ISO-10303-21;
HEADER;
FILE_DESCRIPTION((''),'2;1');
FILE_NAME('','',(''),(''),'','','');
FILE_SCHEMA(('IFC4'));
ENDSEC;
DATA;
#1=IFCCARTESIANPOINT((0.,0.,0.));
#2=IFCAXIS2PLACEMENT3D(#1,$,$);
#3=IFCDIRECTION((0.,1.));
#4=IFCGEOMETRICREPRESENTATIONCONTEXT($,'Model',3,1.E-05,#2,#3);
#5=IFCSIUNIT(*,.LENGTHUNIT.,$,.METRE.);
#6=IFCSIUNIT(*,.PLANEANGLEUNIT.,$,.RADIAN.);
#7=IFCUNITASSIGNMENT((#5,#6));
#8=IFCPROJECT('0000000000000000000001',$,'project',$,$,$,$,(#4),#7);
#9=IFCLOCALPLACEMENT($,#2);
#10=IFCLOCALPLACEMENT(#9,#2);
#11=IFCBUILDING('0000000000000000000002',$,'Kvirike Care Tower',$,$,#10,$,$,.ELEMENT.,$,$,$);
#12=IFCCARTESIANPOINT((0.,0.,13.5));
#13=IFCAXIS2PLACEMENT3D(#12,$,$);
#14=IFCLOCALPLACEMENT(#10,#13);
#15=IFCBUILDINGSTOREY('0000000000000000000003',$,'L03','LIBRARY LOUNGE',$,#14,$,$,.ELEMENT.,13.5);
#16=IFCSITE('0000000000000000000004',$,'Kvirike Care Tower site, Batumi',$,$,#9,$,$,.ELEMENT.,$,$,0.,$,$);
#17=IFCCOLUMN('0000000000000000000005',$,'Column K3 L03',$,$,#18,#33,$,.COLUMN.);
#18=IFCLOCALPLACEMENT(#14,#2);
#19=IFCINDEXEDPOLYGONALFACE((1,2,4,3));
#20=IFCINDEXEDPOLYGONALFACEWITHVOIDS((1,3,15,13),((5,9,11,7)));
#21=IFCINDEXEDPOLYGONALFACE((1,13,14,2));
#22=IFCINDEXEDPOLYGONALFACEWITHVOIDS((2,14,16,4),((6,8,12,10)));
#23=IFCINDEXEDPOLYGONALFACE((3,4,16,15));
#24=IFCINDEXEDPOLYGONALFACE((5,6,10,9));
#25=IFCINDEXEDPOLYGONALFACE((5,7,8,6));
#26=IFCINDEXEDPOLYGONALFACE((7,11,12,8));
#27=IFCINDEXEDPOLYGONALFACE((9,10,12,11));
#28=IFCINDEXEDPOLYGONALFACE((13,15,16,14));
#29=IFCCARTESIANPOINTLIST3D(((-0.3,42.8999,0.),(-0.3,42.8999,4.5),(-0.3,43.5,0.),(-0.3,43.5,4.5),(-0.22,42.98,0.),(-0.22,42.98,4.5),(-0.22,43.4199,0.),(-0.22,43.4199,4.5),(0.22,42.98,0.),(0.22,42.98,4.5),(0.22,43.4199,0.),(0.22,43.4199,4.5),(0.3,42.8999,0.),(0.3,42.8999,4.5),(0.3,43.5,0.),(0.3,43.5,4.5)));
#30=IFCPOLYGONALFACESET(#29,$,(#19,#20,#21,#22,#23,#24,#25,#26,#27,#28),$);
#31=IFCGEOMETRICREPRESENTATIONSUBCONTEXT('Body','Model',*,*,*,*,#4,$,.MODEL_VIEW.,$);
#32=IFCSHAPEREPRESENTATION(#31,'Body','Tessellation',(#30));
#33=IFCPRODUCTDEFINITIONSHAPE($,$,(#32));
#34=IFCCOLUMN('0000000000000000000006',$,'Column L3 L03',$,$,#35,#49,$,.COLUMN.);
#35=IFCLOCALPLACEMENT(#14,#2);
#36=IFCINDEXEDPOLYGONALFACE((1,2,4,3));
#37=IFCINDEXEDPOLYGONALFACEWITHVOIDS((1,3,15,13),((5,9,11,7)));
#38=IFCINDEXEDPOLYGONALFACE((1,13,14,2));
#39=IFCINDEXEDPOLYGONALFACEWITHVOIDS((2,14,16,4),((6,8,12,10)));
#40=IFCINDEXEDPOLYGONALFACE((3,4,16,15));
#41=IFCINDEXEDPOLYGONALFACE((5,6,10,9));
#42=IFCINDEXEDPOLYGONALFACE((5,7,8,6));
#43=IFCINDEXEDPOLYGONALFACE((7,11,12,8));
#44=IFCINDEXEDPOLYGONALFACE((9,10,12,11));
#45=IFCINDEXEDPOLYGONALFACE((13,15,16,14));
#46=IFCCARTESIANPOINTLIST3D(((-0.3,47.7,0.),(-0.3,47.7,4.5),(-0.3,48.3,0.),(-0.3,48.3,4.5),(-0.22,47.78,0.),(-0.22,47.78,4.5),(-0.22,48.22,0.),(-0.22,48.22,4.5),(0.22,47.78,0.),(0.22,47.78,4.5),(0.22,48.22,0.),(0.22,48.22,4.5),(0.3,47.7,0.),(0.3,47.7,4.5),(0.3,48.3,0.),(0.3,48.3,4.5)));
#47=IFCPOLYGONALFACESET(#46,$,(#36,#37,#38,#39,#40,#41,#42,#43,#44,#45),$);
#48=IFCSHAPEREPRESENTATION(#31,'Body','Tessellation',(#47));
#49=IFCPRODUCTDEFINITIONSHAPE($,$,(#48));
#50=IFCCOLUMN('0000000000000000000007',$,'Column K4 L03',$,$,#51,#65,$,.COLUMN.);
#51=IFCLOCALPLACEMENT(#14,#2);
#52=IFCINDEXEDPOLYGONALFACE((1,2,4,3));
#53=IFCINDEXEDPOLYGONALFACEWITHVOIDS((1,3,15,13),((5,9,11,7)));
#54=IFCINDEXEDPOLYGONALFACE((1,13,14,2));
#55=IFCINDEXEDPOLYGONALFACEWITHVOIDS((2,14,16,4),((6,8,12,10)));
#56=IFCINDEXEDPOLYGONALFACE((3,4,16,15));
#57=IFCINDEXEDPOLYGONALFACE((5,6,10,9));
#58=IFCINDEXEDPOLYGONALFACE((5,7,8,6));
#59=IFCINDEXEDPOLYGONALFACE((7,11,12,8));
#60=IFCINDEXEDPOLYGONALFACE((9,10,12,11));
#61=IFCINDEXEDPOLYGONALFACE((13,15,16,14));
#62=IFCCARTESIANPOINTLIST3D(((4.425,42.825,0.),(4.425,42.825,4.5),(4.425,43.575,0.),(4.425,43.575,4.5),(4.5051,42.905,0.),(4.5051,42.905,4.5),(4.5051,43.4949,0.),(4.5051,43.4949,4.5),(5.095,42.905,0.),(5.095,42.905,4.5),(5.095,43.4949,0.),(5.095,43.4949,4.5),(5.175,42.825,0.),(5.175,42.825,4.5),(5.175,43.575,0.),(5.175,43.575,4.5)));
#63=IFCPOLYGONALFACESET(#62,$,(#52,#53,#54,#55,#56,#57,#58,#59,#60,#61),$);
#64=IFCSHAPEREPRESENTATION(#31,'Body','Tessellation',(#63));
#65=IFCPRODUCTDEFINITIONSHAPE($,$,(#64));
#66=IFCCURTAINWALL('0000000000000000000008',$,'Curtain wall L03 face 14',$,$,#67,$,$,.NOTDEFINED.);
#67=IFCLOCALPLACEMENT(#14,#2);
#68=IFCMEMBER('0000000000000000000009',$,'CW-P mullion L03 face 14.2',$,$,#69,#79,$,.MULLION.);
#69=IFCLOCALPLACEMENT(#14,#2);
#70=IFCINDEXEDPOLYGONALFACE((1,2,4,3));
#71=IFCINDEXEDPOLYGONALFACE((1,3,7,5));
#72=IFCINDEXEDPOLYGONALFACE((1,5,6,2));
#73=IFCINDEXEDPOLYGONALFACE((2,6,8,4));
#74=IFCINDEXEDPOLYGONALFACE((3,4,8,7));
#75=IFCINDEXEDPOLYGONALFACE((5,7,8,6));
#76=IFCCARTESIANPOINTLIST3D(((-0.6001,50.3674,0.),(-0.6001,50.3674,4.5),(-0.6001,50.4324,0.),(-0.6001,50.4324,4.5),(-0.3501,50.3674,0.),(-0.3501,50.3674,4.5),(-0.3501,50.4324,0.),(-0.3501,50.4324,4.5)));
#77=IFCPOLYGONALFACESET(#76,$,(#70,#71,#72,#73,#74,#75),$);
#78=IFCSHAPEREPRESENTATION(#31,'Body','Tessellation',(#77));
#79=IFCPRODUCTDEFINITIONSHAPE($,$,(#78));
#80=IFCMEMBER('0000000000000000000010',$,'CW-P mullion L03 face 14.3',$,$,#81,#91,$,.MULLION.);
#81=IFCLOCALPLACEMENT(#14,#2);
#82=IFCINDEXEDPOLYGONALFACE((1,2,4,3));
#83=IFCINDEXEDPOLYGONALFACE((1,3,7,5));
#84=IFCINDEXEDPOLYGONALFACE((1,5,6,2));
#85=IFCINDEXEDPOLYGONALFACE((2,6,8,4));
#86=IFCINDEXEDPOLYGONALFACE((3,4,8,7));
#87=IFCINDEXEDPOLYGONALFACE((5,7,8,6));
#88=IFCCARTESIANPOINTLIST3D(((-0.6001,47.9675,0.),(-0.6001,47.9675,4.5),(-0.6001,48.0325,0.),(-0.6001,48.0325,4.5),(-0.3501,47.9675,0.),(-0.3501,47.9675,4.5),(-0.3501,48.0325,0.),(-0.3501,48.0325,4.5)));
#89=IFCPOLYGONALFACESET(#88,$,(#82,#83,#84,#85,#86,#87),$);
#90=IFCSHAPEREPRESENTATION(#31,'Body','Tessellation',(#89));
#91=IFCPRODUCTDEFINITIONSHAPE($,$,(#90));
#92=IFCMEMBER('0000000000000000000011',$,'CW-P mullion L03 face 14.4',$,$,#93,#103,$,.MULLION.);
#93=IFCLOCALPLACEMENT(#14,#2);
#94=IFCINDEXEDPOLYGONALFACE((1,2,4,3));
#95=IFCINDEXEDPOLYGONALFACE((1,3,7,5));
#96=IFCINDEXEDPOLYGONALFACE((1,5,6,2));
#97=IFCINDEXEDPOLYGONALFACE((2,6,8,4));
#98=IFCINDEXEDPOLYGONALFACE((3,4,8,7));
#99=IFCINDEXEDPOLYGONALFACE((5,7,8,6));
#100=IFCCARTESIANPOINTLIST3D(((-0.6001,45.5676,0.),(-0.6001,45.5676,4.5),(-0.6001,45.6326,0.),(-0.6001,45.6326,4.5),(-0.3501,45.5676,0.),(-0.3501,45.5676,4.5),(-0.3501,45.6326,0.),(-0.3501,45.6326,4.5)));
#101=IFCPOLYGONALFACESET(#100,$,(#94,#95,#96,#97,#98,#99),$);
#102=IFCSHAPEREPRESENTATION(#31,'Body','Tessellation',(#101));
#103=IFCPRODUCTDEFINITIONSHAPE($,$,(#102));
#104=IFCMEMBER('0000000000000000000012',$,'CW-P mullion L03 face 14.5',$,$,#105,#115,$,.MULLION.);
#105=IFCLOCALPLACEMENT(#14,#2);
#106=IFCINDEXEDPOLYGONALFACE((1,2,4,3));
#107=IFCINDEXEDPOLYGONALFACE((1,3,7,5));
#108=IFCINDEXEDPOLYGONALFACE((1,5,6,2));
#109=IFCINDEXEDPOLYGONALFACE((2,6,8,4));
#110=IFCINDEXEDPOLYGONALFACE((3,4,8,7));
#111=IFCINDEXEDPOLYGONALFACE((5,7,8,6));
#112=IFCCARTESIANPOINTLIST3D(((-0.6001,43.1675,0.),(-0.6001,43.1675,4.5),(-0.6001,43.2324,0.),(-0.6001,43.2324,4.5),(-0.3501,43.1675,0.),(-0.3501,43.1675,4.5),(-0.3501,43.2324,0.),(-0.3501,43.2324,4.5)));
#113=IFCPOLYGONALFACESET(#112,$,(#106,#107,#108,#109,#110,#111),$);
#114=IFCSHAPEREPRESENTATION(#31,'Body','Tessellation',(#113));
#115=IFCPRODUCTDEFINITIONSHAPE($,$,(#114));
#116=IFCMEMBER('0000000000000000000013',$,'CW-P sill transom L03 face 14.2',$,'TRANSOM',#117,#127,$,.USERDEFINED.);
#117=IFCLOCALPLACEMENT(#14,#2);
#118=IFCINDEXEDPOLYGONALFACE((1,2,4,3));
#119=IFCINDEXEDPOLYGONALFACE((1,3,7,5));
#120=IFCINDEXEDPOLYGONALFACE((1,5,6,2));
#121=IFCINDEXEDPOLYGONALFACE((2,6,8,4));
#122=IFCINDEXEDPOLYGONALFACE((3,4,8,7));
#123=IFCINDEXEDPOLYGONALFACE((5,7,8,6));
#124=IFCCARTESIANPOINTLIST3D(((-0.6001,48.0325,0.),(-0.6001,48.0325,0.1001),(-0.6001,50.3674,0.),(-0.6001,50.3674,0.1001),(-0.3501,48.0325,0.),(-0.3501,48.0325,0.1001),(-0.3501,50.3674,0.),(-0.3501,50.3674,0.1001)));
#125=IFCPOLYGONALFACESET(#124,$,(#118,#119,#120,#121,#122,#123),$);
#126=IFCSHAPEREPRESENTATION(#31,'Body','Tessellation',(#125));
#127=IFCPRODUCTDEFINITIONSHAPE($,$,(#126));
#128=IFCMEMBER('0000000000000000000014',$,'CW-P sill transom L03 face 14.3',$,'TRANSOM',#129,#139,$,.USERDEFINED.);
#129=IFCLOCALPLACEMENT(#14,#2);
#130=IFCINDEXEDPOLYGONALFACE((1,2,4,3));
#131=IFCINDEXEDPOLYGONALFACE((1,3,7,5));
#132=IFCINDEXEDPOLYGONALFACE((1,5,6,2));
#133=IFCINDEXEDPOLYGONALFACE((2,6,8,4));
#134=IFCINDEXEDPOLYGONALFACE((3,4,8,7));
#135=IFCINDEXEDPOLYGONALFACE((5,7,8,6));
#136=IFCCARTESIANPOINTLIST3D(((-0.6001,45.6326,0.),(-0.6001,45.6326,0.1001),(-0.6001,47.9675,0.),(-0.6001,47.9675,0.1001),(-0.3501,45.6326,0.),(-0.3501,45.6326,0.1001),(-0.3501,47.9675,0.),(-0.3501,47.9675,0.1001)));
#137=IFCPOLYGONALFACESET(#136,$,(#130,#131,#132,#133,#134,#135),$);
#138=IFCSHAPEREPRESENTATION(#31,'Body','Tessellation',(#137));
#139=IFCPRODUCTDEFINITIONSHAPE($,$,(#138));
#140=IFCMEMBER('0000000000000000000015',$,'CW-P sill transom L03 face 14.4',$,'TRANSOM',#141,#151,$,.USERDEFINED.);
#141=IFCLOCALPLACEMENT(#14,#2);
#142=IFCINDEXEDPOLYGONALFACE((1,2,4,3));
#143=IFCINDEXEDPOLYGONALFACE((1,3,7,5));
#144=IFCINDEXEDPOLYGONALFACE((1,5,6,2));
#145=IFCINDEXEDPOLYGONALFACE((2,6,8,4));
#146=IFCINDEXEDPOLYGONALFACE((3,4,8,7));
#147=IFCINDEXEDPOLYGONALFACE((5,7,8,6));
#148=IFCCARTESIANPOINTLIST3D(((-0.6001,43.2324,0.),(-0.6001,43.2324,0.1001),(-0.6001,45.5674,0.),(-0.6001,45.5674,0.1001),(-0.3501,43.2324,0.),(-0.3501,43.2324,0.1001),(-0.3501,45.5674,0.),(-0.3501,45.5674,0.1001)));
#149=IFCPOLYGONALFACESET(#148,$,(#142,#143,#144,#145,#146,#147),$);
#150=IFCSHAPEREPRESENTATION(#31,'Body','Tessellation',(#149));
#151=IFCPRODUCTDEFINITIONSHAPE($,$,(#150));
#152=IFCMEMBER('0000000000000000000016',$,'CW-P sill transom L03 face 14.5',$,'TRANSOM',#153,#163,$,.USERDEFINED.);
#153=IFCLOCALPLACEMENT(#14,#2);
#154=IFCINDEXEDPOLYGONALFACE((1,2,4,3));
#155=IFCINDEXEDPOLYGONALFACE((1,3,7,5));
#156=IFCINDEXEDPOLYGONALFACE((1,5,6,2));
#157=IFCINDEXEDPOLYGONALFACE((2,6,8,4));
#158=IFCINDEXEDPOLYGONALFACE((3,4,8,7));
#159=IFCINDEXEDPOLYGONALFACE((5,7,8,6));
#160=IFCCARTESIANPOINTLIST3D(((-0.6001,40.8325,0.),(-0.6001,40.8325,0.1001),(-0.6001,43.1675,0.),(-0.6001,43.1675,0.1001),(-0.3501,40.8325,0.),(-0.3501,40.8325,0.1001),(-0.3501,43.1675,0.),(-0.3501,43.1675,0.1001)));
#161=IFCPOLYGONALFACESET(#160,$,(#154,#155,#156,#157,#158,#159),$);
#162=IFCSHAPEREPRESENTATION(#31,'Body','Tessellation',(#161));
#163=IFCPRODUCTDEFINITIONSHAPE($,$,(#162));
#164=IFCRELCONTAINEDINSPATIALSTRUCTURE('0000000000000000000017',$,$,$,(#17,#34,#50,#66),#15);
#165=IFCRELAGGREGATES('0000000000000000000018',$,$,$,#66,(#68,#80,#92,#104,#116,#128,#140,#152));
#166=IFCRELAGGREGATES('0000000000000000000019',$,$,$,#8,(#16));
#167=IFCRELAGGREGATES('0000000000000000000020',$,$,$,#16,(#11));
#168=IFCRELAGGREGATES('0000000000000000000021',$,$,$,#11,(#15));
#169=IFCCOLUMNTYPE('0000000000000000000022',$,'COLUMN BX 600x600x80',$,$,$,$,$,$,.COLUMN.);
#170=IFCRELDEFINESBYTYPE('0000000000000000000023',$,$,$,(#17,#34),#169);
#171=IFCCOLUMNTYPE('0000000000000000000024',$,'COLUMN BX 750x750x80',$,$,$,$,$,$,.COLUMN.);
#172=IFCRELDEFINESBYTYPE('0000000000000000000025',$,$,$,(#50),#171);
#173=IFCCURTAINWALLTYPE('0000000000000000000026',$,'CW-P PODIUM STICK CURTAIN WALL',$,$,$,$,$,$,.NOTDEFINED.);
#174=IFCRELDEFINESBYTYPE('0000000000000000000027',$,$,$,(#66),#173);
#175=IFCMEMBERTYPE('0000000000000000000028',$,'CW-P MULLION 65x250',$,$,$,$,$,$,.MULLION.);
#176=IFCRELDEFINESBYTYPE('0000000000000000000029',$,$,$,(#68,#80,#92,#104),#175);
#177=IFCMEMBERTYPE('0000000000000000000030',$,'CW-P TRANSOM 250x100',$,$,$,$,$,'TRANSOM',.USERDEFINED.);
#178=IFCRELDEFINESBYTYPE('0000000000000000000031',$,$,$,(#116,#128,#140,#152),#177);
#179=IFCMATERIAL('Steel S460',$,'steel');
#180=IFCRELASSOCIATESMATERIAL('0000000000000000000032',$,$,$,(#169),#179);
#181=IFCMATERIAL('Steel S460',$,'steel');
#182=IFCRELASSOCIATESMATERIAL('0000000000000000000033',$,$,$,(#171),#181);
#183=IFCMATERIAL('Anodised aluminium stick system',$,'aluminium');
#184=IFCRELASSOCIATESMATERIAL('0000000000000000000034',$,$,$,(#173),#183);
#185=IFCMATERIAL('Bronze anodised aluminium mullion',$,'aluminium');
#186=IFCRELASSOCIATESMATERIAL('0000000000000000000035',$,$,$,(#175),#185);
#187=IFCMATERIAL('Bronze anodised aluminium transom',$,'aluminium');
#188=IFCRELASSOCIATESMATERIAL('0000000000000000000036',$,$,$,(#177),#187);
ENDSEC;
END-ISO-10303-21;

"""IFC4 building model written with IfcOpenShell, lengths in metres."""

from ifc_helpers import new_model, si_unit, direction, frame, origin, origin_2d, place, context, subcontext, project, spatial, rectangle, hollow_rectangle, extrude, material, material_profile, profile_set, type_object, element, aggregate, save


model = new_model("IFC4")

# Units and contexts
model_context = context("Model", 3, precision=1e-05, world=origin(), true_north=direction((0.0, 1.0)))
body_context = subcontext(model_context, "Body", "Model", "MODEL_VIEW")
ifc_project = project(units=[si_unit("LENGTHUNIT", "METRE"), si_unit("PLANEANGLEUNIT", "RADIAN")], contexts=[model_context])

# Site, building, storey
site_placement = place(None, origin())
site = spatial("IfcSite", under=ifc_project, at=site_placement, Name="Kvirike Care Tower site, Batumi", CompositionType="ELEMENT", RefElevation=0.0)
building_placement = place(site_placement, origin())
building = spatial("IfcBuilding", under=site, at=building_placement, Name="Kvirike Care Tower", CompositionType="ELEMENT")
storey_placement = place(building_placement, frame((0.0, 0.0, 13.5)))
storey = spatial("IfcBuildingStorey", under=building, at=storey_placement, Name="L03", Description="LIBRARY LOUNGE", CompositionType="ELEMENT", Elevation=13.5)

# Columns
ifc_material_1 = material(Name="Steel S460", Category="steel")
ifc_material_profile_1 = material_profile(ifc_material_1, hollow_rectangle(XDim=0.6001, YDim=0.6001, WallThickness=0.0801, at=origin_2d()), Name="BX 600x600x80")
ifc_profile_set_1 = profile_set([ifc_material_profile_1], Name="Steel S460")
column_type_1 = type_object("IfcColumnType", Name="COLUMN BX 600x600x80", PredefinedType="COLUMN", material=ifc_profile_set_1)
for number, where, z_axis, x_axis, name in (
    (1, (0.0, 43.2, 0.0), (0.0, 0.0, 1.0), (0.0, 1.0, 0.0), "Column K3 L03"),
    (2, (0.0, 48.0, 0.0), (0.0, 0.0, 1.0), (1.0, 0.0, 0.0), "Column L3 L03"),
):
    element("IfcColumn", number, at=place(storey_placement, frame(where, z_axis=z_axis, x_axis=x_axis)), inside=storey, type_object=column_type_1, Name=name, PredefinedType="COLUMN", context=body_context, shape_type="SweptSolid", body=[
        extrude(hollow_rectangle(XDim=0.6001, YDim=0.6001, WallThickness=0.0801, at=origin_2d()), origin(), (0.0, 0.0, 1.0), 4.5),
    ])
ifc_material_2 = material(Name="Steel S460", Category="steel")
ifc_material_profile_2 = material_profile(ifc_material_2, hollow_rectangle(XDim=0.75, YDim=0.75, WallThickness=0.0801, at=origin_2d()), Name="BX 750x750x80")
ifc_profile_set_2 = profile_set([ifc_material_profile_2], Name="Steel S460")
column_type_2 = type_object("IfcColumnType", Name="COLUMN BX 750x750x80", PredefinedType="COLUMN", material=ifc_profile_set_2)
column_placement = place(storey_placement, frame((4.8, 43.2, 0.0), z_axis=(0.0, 0.0, 1.0), x_axis=(0.0, 1.0, 0.0)))
element("IfcColumn", 3, at=column_placement, inside=storey, type_object=column_type_2, Name="Column K4 L03", PredefinedType="COLUMN", context=body_context, shape_type="SweptSolid", body=[
    extrude(hollow_rectangle(XDim=0.75, YDim=0.75, WallThickness=0.0801, at=origin_2d()), origin(), (0.0, 0.0, 1.0), 4.5),
])

# Curtain wall, members
ifc_material_3 = material(Name="Anodised aluminium stick system", Category="aluminium")
curtain_wall_type = type_object("IfcCurtainWallType", Name="CW-P PODIUM STICK CURTAIN WALL", PredefinedType="NOTDEFINED", material=ifc_material_3)
curtain_wall_placement = place(storey_placement, origin())
curtain_wall = element("IfcCurtainWall", 4, at=curtain_wall_placement, inside=storey, type_object=curtain_wall_type, Name="Curtain wall L03 face 14", PredefinedType="NOTDEFINED")
ifc_material_4 = material(Name="Bronze anodised aluminium mullion", Category="aluminium")
ifc_material_profile_3 = material_profile(ifc_material_4, rectangle(XDim=0.0649, YDim=0.25, at=origin_2d()), Name="CW-P MULLION 65x250")
ifc_profile_set_3 = profile_set([ifc_material_profile_3], Name="Bronze anodised aluminium mullion")
member_type_1 = type_object("IfcMemberType", Name="CW-P MULLION 65x250", PredefinedType="MULLION", material=ifc_profile_set_3)
member_1_placement = place(storey_placement, frame((-0.4751, 50.3999, 0.0), z_axis=(0.0, 0.0, 1.0), x_axis=(0.0, -1.0, 0.0)))
member_1 = element("IfcMember", 5, at=member_1_placement, type_object=member_type_1, Name="CW-P mullion L03 face 14.2", PredefinedType="MULLION", context=body_context, shape_type="SweptSolid", body=[
    extrude(rectangle(XDim=0.0649, YDim=0.25, at=origin_2d()), origin(), (0.0, 0.0, 1.0), 4.5),
])
member_2_placement = place(storey_placement, frame((-0.4751, 48.0, 0.0), z_axis=(0.0, 0.0, 1.0), x_axis=(0.0, -1.0, 0.0)))
member_2 = element("IfcMember", 6, at=member_2_placement, type_object=member_type_1, Name="CW-P mullion L03 face 14.3", PredefinedType="MULLION", context=body_context, shape_type="SweptSolid", body=[
    extrude(rectangle(XDim=0.0649, YDim=0.25, at=origin_2d()), origin(), (0.0, 0.0, 1.0), 4.5),
])
member_3_placement = place(storey_placement, frame((-0.4751, 45.6001, 0.0), z_axis=(0.0, 0.0, 1.0), x_axis=(0.0, -1.0, 0.0)))
member_3 = element("IfcMember", 7, at=member_3_placement, type_object=member_type_1, Name="CW-P mullion L03 face 14.4", PredefinedType="MULLION", context=body_context, shape_type="SweptSolid", body=[
    extrude(rectangle(XDim=0.0649, YDim=0.25, at=origin_2d()), origin(), (0.0, 0.0, 1.0), 4.5),
])
member_4_placement = place(storey_placement, frame((-0.4751, 43.2, 0.0), z_axis=(0.0, 0.0, 1.0), x_axis=(0.0, -1.0, 0.0)))
member_4 = element("IfcMember", 8, at=member_4_placement, type_object=member_type_1, Name="CW-P mullion L03 face 14.5", PredefinedType="MULLION", context=body_context, shape_type="SweptSolid", body=[
    extrude(rectangle(XDim=0.0649, YDim=0.25, at=origin_2d()), origin(), (0.0, 0.0, 1.0), 4.5),
])
ifc_material_5 = material(Name="Bronze anodised aluminium transom", Category="aluminium")
ifc_material_profile_4 = material_profile(ifc_material_5, rectangle(XDim=0.25, YDim=0.1001, at=origin_2d()), Name="CW-P TRANSOM 250x100")
ifc_profile_set_4 = profile_set([ifc_material_profile_4], Name="Bronze anodised aluminium transom")
member_type_2 = type_object("IfcMemberType", Name="CW-P TRANSOM 250x100", ElementType="TRANSOM", PredefinedType="USERDEFINED", material=ifc_profile_set_4)
member_5_placement = place(storey_placement, frame((-0.4751, 50.3674, 0.05), z_axis=(0.0, -1.0, 0.0), x_axis=(1.0, 0.0, 0.0)))
member_5 = element("IfcMember", 9, at=member_5_placement, type_object=member_type_2, Name="CW-P sill transom L03 face 14.2", ObjectType="TRANSOM", PredefinedType="USERDEFINED", context=body_context, shape_type="SweptSolid", body=[
    extrude(rectangle(XDim=0.25, YDim=0.1001, at=origin_2d()), origin(), (0.0, 0.0, 1.0), 2.335),
])
member_6_placement = place(storey_placement, frame((-0.4751, 47.9675, 0.05), z_axis=(0.0, -1.0, 0.0), x_axis=(1.0, 0.0, 0.0)))
member_6 = element("IfcMember", 10, at=member_6_placement, type_object=member_type_2, Name="CW-P sill transom L03 face 14.3", ObjectType="TRANSOM", PredefinedType="USERDEFINED", context=body_context, shape_type="SweptSolid", body=[
    extrude(rectangle(XDim=0.25, YDim=0.1001, at=origin_2d()), origin(), (0.0, 0.0, 1.0), 2.335),
])
member_7_placement = place(storey_placement, frame((-0.4751, 45.5674, 0.05), z_axis=(0.0, -1.0, 0.0), x_axis=(1.0, 0.0, 0.0)))
member_7 = element("IfcMember", 11, at=member_7_placement, type_object=member_type_2, Name="CW-P sill transom L03 face 14.4", ObjectType="TRANSOM", PredefinedType="USERDEFINED", context=body_context, shape_type="SweptSolid", body=[
    extrude(rectangle(XDim=0.25, YDim=0.1001, at=origin_2d()), origin(), (0.0, 0.0, 1.0), 2.335),
])
member_8_placement = place(storey_placement, frame((-0.4751, 43.1675, 0.05), z_axis=(0.0, -1.0, 0.0), x_axis=(1.0, 0.0, 0.0)))
member_8 = element("IfcMember", 12, at=member_8_placement, type_object=member_type_2, Name="CW-P sill transom L03 face 14.5", ObjectType="TRANSOM", PredefinedType="USERDEFINED", context=body_context, shape_type="SweptSolid", body=[
    extrude(rectangle(XDim=0.25, YDim=0.1001, at=origin_2d()), origin(), (0.0, 0.0, 1.0), 2.335),
])

aggregate(curtain_wall, [member_1, member_2, member_3, member_4, member_5, member_6, member_7, member_8])

save(model, "model.ifc")
